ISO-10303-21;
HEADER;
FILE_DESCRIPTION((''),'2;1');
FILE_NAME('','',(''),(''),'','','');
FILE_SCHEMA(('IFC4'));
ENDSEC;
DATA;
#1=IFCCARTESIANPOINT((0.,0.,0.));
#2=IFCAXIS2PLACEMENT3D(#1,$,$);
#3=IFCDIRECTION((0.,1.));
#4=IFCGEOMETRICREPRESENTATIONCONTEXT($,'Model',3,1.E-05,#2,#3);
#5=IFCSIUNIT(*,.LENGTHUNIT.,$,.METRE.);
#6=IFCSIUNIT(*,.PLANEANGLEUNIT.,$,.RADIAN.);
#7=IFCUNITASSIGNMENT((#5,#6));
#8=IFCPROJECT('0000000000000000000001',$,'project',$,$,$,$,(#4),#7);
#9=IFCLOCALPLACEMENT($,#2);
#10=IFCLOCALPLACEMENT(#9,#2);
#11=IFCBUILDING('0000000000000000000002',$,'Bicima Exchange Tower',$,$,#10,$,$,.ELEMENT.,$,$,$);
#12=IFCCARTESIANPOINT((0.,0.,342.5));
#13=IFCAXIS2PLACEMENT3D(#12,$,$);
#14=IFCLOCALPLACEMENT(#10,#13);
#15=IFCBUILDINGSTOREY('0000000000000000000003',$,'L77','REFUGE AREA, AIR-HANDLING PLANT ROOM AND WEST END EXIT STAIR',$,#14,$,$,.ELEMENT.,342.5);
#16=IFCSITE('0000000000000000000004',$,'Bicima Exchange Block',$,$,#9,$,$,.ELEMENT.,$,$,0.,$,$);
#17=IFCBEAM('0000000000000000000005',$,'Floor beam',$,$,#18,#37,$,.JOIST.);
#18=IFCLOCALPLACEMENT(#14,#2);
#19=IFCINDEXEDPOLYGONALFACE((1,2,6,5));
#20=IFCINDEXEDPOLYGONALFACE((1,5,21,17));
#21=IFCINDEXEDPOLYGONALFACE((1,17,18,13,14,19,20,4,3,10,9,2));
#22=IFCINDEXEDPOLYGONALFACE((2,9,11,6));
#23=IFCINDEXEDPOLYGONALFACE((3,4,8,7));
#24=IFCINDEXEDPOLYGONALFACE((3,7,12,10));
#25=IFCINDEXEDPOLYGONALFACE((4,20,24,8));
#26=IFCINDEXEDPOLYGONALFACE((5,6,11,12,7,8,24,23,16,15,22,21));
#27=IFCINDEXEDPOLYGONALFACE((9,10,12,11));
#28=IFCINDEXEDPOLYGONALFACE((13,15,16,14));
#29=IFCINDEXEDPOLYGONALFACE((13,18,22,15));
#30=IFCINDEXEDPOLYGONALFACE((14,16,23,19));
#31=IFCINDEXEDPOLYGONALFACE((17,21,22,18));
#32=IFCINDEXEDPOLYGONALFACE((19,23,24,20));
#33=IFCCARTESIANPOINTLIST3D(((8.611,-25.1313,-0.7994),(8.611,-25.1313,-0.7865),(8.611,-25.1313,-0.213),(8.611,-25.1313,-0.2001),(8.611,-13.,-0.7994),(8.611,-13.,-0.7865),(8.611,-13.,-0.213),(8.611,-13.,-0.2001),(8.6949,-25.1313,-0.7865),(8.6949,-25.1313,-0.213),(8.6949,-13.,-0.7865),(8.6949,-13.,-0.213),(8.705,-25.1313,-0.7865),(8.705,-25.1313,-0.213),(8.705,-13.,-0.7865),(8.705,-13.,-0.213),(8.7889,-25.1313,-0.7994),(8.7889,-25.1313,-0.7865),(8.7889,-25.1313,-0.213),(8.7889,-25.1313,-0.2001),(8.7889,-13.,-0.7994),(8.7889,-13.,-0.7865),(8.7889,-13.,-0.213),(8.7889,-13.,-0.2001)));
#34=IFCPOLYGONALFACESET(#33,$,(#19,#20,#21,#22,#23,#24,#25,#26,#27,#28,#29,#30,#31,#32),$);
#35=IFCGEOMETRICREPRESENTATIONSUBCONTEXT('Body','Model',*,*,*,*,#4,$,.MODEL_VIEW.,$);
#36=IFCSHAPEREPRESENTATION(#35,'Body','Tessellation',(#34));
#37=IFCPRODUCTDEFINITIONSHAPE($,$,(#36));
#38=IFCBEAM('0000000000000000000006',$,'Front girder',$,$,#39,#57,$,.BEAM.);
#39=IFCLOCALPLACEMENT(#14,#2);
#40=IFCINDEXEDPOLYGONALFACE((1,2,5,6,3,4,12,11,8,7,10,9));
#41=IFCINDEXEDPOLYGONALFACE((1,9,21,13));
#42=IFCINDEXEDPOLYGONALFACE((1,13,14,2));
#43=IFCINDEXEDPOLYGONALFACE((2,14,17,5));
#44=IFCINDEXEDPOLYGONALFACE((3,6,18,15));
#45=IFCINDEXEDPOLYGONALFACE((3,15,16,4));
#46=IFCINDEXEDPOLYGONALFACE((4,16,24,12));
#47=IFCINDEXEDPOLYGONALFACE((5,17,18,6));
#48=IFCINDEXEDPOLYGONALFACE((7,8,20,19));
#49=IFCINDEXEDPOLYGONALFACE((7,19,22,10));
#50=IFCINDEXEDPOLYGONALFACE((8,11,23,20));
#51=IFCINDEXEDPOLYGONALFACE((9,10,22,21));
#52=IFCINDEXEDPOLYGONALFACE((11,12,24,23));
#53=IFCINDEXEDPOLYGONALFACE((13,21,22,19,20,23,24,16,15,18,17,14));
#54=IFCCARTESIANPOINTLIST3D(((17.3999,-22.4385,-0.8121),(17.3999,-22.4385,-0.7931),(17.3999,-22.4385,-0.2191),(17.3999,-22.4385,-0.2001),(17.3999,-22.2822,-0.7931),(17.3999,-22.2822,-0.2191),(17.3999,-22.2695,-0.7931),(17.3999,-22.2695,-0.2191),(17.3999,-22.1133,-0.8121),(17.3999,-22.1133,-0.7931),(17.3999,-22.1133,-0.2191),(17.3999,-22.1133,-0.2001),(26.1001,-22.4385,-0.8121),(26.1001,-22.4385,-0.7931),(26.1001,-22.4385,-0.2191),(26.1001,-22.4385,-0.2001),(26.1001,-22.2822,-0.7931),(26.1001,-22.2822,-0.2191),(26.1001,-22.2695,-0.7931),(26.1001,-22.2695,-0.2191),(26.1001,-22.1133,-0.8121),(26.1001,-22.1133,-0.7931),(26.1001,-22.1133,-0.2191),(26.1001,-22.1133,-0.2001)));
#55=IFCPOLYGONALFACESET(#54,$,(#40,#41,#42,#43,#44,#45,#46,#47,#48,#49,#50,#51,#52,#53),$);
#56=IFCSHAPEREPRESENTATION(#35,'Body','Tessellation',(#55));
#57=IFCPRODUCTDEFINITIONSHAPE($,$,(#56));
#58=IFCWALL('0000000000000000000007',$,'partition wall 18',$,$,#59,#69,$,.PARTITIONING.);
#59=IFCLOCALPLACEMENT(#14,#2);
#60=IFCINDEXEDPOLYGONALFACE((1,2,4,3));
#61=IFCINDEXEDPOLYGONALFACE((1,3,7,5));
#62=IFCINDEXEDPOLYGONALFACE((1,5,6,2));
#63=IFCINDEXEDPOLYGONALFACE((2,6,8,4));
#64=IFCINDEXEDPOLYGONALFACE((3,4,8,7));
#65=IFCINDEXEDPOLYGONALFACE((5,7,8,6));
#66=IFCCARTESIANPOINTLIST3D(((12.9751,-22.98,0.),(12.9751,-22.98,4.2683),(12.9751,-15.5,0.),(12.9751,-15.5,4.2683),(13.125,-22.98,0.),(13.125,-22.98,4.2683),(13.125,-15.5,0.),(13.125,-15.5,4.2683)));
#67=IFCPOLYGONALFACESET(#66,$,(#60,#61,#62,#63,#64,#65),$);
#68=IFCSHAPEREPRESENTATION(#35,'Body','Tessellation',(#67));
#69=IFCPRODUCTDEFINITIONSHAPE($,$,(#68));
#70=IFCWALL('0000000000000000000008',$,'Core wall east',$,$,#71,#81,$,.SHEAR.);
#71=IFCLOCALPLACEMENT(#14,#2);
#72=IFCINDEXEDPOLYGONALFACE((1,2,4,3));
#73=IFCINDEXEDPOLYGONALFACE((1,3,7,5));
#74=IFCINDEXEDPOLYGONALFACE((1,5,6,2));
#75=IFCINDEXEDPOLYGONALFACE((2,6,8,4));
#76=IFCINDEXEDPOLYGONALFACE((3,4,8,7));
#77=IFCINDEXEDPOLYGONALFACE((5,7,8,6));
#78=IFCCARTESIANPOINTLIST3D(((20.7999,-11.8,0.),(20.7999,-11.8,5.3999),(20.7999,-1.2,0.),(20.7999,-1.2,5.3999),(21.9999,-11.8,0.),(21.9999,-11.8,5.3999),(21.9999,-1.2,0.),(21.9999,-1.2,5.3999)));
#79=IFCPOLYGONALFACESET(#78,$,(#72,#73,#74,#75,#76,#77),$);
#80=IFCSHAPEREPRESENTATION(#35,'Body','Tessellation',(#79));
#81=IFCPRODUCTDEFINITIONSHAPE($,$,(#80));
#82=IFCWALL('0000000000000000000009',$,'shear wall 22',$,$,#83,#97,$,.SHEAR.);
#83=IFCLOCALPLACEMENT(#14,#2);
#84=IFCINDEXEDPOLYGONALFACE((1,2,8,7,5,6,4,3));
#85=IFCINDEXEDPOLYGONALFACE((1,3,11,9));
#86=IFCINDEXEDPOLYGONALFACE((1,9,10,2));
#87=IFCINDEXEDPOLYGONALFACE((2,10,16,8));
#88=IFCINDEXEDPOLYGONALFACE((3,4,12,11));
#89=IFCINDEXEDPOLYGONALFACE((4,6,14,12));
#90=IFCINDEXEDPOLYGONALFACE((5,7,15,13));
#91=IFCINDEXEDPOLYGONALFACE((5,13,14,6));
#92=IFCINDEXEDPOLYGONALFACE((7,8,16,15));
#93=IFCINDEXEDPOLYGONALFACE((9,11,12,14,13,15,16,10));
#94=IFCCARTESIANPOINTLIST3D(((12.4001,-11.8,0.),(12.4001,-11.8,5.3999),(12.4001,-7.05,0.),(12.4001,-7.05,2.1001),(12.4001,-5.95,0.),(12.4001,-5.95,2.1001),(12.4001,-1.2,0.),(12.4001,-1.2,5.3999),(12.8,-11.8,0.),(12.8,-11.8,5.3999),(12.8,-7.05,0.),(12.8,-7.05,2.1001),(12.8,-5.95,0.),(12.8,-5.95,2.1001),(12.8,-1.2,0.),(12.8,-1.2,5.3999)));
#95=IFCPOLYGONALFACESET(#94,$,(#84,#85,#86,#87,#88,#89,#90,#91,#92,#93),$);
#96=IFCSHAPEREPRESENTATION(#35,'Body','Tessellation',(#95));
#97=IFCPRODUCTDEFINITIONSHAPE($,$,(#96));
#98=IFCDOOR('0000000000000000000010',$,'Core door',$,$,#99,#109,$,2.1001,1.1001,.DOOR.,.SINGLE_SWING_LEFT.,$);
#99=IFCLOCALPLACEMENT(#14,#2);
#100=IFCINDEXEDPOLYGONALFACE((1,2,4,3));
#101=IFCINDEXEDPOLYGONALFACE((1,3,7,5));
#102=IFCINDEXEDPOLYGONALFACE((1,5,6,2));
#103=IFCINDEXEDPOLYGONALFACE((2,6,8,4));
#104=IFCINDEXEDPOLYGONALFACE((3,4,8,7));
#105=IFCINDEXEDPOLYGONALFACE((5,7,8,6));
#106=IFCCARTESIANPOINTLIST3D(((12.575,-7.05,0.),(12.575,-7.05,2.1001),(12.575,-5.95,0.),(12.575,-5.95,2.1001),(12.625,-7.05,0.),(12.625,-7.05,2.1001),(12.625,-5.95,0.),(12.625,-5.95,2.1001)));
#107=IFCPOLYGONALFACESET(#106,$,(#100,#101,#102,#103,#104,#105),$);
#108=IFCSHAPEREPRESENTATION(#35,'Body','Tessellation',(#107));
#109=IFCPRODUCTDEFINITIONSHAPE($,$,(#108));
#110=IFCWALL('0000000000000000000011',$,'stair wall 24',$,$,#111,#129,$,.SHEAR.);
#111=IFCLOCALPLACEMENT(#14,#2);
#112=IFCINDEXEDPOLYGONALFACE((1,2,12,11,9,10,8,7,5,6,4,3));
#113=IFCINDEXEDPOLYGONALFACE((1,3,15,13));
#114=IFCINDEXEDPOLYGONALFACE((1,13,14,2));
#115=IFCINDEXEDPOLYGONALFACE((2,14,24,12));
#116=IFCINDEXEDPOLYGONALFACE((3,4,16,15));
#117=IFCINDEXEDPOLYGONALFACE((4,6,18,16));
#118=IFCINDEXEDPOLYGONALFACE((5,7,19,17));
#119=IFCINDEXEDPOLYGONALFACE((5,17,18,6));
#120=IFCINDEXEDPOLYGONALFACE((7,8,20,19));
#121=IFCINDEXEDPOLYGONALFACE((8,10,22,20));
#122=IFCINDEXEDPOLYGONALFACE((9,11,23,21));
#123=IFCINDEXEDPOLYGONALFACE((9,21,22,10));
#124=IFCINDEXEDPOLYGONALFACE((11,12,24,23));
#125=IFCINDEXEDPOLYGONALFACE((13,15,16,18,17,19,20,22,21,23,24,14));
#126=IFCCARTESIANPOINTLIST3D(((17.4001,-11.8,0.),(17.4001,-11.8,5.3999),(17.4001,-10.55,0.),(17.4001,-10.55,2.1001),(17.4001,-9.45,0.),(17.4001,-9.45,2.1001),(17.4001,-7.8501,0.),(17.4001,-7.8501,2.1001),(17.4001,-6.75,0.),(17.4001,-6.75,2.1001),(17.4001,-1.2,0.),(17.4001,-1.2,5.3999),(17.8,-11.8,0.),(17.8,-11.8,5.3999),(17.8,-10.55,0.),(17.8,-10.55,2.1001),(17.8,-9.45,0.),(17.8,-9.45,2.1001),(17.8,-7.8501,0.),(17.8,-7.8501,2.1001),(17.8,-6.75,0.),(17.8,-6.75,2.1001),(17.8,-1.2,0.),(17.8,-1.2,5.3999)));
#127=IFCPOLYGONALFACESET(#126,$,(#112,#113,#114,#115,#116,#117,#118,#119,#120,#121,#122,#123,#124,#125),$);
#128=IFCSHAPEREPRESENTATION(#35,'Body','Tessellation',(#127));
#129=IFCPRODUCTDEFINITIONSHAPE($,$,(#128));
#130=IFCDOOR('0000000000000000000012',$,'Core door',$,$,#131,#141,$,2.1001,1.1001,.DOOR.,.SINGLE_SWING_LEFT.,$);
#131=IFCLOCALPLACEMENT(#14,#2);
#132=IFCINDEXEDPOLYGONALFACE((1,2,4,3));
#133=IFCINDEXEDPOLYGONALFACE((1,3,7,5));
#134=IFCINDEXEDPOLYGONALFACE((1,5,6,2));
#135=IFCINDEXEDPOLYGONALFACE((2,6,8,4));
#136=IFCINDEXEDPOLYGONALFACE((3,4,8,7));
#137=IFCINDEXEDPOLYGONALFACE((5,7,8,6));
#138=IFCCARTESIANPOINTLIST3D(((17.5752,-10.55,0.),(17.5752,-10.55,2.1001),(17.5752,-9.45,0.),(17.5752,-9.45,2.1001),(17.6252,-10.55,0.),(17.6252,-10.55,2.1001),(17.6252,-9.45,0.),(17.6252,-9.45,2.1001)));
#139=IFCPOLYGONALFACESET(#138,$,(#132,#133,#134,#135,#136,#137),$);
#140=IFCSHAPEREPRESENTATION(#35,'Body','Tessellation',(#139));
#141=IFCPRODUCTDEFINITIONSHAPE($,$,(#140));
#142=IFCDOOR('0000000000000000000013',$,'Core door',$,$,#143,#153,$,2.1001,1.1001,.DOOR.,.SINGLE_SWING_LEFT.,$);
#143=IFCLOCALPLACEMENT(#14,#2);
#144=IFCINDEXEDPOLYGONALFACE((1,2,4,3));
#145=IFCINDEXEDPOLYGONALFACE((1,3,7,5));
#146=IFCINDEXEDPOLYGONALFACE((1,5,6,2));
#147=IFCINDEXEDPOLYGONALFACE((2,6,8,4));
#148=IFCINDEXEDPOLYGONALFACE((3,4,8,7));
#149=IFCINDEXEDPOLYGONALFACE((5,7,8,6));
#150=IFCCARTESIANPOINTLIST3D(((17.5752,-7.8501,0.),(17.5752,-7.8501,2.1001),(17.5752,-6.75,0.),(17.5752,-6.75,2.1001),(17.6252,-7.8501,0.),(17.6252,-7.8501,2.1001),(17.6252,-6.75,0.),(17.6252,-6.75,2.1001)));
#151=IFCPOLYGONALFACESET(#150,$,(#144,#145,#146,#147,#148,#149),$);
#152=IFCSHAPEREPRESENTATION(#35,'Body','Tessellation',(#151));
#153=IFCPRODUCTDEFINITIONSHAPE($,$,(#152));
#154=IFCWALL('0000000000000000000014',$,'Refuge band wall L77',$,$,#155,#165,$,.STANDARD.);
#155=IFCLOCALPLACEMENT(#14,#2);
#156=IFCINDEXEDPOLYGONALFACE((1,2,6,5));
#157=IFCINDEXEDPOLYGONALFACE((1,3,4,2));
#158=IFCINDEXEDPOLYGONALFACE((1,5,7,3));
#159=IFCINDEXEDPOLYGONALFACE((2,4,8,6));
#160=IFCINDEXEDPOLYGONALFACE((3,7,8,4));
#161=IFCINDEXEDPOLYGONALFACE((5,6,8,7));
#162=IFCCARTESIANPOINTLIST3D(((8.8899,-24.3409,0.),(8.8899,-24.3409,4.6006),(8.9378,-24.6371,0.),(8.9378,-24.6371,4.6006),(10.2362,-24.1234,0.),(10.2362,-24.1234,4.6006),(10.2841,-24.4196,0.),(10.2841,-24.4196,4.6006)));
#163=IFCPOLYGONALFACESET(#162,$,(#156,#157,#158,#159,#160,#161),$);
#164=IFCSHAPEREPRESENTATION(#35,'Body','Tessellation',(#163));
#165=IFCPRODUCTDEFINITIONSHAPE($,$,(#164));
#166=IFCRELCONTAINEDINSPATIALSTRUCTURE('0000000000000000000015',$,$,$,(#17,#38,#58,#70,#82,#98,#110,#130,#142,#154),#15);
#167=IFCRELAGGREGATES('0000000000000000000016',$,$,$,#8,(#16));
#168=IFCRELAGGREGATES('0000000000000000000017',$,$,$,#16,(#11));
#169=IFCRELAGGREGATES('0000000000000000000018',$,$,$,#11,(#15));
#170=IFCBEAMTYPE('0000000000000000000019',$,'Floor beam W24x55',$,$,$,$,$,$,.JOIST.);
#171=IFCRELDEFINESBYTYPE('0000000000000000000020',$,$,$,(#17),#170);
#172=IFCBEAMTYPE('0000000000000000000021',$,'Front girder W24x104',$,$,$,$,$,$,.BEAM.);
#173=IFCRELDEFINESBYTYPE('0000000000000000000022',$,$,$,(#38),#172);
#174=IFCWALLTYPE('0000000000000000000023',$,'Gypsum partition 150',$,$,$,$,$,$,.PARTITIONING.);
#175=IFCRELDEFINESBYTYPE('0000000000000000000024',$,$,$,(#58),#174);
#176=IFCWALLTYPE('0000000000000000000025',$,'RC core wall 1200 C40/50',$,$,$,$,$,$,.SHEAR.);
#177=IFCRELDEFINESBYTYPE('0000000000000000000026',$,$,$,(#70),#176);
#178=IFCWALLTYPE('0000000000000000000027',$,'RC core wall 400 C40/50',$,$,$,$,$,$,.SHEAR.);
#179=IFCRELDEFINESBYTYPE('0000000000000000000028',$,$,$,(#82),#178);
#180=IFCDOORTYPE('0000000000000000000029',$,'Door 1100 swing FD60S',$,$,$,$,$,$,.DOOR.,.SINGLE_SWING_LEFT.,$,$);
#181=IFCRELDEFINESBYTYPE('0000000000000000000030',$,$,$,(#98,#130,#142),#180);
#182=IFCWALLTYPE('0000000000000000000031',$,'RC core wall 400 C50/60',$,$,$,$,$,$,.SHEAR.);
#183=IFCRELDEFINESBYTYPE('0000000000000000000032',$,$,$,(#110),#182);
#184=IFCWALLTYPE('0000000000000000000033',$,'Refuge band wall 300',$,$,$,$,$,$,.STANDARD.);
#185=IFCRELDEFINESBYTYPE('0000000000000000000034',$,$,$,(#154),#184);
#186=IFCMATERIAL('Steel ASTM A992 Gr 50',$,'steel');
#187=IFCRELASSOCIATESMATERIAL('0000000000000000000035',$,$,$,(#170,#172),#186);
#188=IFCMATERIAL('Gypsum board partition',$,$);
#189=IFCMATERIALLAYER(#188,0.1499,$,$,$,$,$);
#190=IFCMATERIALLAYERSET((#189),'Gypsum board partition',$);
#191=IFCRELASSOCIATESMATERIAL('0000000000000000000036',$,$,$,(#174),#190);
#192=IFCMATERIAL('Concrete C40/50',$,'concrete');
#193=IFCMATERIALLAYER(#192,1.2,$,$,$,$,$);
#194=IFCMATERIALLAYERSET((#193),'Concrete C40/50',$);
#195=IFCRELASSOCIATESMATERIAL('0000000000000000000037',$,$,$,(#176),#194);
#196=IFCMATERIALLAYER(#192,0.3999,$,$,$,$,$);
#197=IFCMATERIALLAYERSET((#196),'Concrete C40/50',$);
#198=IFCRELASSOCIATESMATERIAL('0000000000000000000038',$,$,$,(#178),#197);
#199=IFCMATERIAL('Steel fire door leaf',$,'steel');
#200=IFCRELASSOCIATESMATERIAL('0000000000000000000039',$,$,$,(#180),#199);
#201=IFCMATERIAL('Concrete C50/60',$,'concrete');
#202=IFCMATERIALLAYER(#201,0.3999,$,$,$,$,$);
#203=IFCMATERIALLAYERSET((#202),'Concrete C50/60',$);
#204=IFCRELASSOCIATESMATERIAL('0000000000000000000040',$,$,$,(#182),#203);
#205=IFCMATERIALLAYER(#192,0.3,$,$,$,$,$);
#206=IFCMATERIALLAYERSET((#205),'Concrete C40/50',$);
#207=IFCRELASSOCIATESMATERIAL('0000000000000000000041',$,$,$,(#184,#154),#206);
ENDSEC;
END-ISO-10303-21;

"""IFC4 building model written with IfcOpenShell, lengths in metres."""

from ifc_helpers import new_model, si_unit, direction, frame, frame_2d, origin, origin_2d, place, context, subcontext, project, spatial, rectangle, i_section, extrude, material, layer, layer_set, layer_usage, material_profile, profile_set, type_object, element, fill, save


model = new_model("IFC4")

# Units and contexts
model_context = context("Model", 3, precision=1e-05, world=origin(), true_north=direction((0.0, 1.0)))
body_context = subcontext(model_context, "Body", "Model", "MODEL_VIEW")
ifc_project = project(units=[si_unit("LENGTHUNIT", "METRE"), si_unit("PLANEANGLEUNIT", "RADIAN")], contexts=[model_context])

# Site, building, storey
site_placement = place(None, origin())
site = spatial("IfcSite", under=ifc_project, at=site_placement, Name="Bicima Exchange Block", CompositionType="ELEMENT", RefElevation=0.0)
building_placement = place(site_placement, origin())
building = spatial("IfcBuilding", under=site, at=building_placement, Name="Bicima Exchange Tower", CompositionType="ELEMENT")
storey_placement = place(building_placement, frame((0.0, 0.0, 342.5)))
storey = spatial("IfcBuildingStorey", under=building, at=storey_placement, Name="L77", Description="REFUGE AREA, AIR-HANDLING PLANT ROOM AND WEST END EXIT STAIR", CompositionType="ELEMENT", Elevation=342.5)

# Shared definitions
ifc_material_1 = material(Name="Steel ASTM A992 Gr 50", Category="steel")

# Beams
ifc_material_profile_1 = material_profile(ifc_material_1, i_section(OverallWidth=0.178, OverallDepth=0.5994, WebThickness=0.01, FlangeThickness=0.0129, at=origin_2d()))
ifc_profile_set_1 = profile_set([ifc_material_profile_1], Name="Steel ASTM A992 Gr 50")
beam_type_1 = type_object("IfcBeamType", Name="Floor beam W24x55", PredefinedType="JOIST", material=ifc_profile_set_1)
beam_1_placement = place(storey_placement, frame((8.7, -13.0, -0.4998), z_axis=(0.0, -1.0, 0.0), x_axis=(1.0, 0.0, 0.0)))
element("IfcBeam", 1, at=beam_1_placement, inside=storey, type_object=beam_type_1, Name="Floor beam", PredefinedType="JOIST", context=body_context, shape_type="SweptSolid", body=[
    extrude(i_section(OverallWidth=0.178, OverallDepth=0.5994, WebThickness=0.01, FlangeThickness=0.0129, at=origin_2d()), origin(), (0.0, 0.0, 1.0), 12.1313),
])
ifc_material_profile_2 = material_profile(ifc_material_1, i_section(OverallWidth=0.3252, OverallDepth=0.6121, WebThickness=0.0127, FlangeThickness=0.019, at=origin_2d()))
ifc_profile_set_2 = profile_set([ifc_material_profile_2], Name="Steel ASTM A992 Gr 50")
beam_type_2 = type_object("IfcBeamType", Name="Front girder W24x104", PredefinedType="BEAM", material=ifc_profile_set_2)
beam_2_placement = place(storey_placement, frame((17.3999, -22.2759, -0.5061), z_axis=(1.0, 0.0, 0.0), x_axis=(0.0, 1.0, 0.0)))
element("IfcBeam", 2, at=beam_2_placement, inside=storey, type_object=beam_type_2, Name="Front girder", PredefinedType="BEAM", context=body_context, shape_type="SweptSolid", body=[
    extrude(i_section(OverallWidth=0.3252, OverallDepth=0.6121, WebThickness=0.0127, FlangeThickness=0.019, at=origin_2d()), origin(), (0.0, 0.0, 1.0), 8.7002),
])

# Walls
ifc_material_2 = material(Name="Gypsum board partition")
ifc_layer_1 = layer(ifc_material_2, 0.1499)
ifc_layer_set_1 = layer_set([ifc_layer_1], Name="Gypsum board partition")
wall_type_1 = type_object("IfcWallType", Name="Gypsum partition 150", PredefinedType="PARTITIONING", material=ifc_layer_set_1)
wall_1_placement = place(storey_placement, frame((13.05, -22.98, 0.0), z_axis=(0.0, 0.0, 1.0), x_axis=(0.0, 1.0, 0.0)))
element("IfcWall", 3, at=wall_1_placement, inside=storey, type_object=wall_type_1, Name="partition wall 18", PredefinedType="PARTITIONING", context=body_context, shape_type="SweptSolid", body=[
    extrude(rectangle(XDim=7.48, YDim=0.1499, at=frame_2d((3.74, 0.0))), origin(), (0.0, 0.0, 1.0), 4.2683),
])
ifc_material_3 = material(Name="Concrete C40/50", Category="concrete")
ifc_layer_2 = layer(ifc_material_3, 1.2)
ifc_layer_set_2 = layer_set([ifc_layer_2], Name="Concrete C40/50")
wall_type_2 = type_object("IfcWallType", Name="RC core wall 1200 C40/50", PredefinedType="SHEAR", material=ifc_layer_set_2)
wall_2_placement = place(storey_placement, frame((21.3999, -11.8, 0.0), z_axis=(0.0, 0.0, 1.0), x_axis=(0.0, 1.0, 0.0)))
element("IfcWall", 4, at=wall_2_placement, inside=storey, type_object=wall_type_2, Name="Core wall east", PredefinedType="SHEAR", context=body_context, shape_type="SweptSolid", body=[
    extrude(rectangle(XDim=10.6001, YDim=1.2, at=frame_2d((5.3, 0.0))), origin(), (0.0, 0.0, 1.0), 5.3999),
])

# Wall, opening, door
ifc_layer_3 = layer(ifc_material_3, 0.3999)
ifc_layer_set_3 = layer_set([ifc_layer_3], Name="Concrete C40/50")
wall_type_3 = type_object("IfcWallType", Name="RC core wall 400 C40/50", PredefinedType="SHEAR", material=ifc_layer_set_3)
wall_3_placement = place(storey_placement, frame((12.6001, -11.8, 0.0), z_axis=(0.0, 0.0, 1.0), x_axis=(0.0, 1.0, 0.0)))
wall_3 = element("IfcWall", 5, at=wall_3_placement, inside=storey, type_object=wall_type_3, Name="shear wall 22", PredefinedType="SHEAR", context=body_context, shape_type="SweptSolid", body=[
    extrude(rectangle(XDim=10.6001, YDim=0.3999, at=frame_2d((5.3, 0.0))), origin(), (0.0, 0.0, 1.0), 5.3999),
])
opening_1_placement = place(wall_3_placement, frame((4.75, 0.0, 0.0)))
opening_1 = element("IfcOpeningElement", 6, at=opening_1_placement, cuts=wall_3, PredefinedType="OPENING", context=body_context, shape_type="SweptSolid", body=[
    extrude(rectangle(XDim=1.1001, YDim=2.1001, at=frame_2d((0.55, 1.05))), frame((0.0, 0.2119, 0.0), z_axis=(0.0, -1.0, 0.0), x_axis=(1.0, 0.0, 0.0)), (0.0, 0.0, 1.0), 0.4238),
])
ifc_material_4 = material(Name="Steel fire door leaf", Category="steel")
door_type = type_object("IfcDoorType", Name="Door 1100 swing FD60S", OperationType="SINGLE_SWING_LEFT", PredefinedType="DOOR", material=ifc_material_4)
door_1_placement = place(opening_1_placement, frame((1.1001, 0.0, 0.0), z_axis=(0.0, 0.0, 1.0), x_axis=(-1.0, 0.0, 0.0)))
door_1 = element("IfcDoor", 7, at=door_1_placement, inside=storey, type_object=door_type, Name="Core door", OperationType="SINGLE_SWING_LEFT", OverallHeight=2.1001, OverallWidth=1.1001, PredefinedType="DOOR", context=body_context, shape_type="SweptSolid", body=[
    extrude(rectangle(XDim=1.1001, YDim=2.1001, at=frame_2d((0.55, 1.05))), frame((0.0, 0.0249, 0.0), z_axis=(0.0, -1.0, 0.0), x_axis=(1.0, 0.0, 0.0)), (0.0, 0.0, 1.0), 0.05),
])
fill(opening_1, door_1)

# Wall, openings, doors
ifc_material_5 = material(Name="Concrete C50/60", Category="concrete")
ifc_layer_4 = layer(ifc_material_5, 0.3999)
ifc_layer_set_4 = layer_set([ifc_layer_4], Name="Concrete C50/60")
wall_type_4 = type_object("IfcWallType", Name="RC core wall 400 C50/60", PredefinedType="SHEAR", material=ifc_layer_set_4)
wall_4_placement = place(storey_placement, frame((17.6001, -11.8, 0.0), z_axis=(0.0, 0.0, 1.0), x_axis=(0.0, 1.0, 0.0)))
wall_4 = element("IfcWall", 8, at=wall_4_placement, inside=storey, type_object=wall_type_4, Name="stair wall 24", PredefinedType="SHEAR", context=body_context, shape_type="SweptSolid", body=[
    extrude(rectangle(XDim=10.6001, YDim=0.3999, at=frame_2d((5.3, 0.0))), origin(), (0.0, 0.0, 1.0), 5.3999),
])
opening_2_placement = place(wall_4_placement, frame((1.25, 0.0, 0.0)))
opening_2 = element("IfcOpeningElement", 9, at=opening_2_placement, cuts=wall_4, PredefinedType="OPENING", context=body_context, shape_type="SweptSolid", body=[
    extrude(rectangle(XDim=1.1001, YDim=2.1001, at=frame_2d((0.55, 1.05))), frame((0.0, 0.2119, 0.0), z_axis=(0.0, -1.0, 0.0), x_axis=(1.0, 0.0, 0.0)), (0.0, 0.0, 1.0), 0.4238),
])
opening_3_placement = place(wall_4_placement, frame((3.95, 0.0, 0.0)))
opening_3 = element("IfcOpeningElement", 10, at=opening_3_placement, cuts=wall_4, PredefinedType="OPENING", context=body_context, shape_type="SweptSolid", body=[
    extrude(rectangle(XDim=1.1001, YDim=2.1001, at=frame_2d((0.55, 1.05))), frame((0.0, 0.2119, 0.0), z_axis=(0.0, -1.0, 0.0), x_axis=(1.0, 0.0, 0.0)), (0.0, 0.0, 1.0), 0.4238),
])
door_2_placement = place(opening_2_placement, origin())
door_2 = element("IfcDoor", 11, at=door_2_placement, inside=storey, type_object=door_type, Name="Core door", OperationType="SINGLE_SWING_LEFT", OverallHeight=2.1001, OverallWidth=1.1001, PredefinedType="DOOR", context=body_context, shape_type="SweptSolid", body=[
    extrude(rectangle(XDim=1.1001, YDim=2.1001, at=frame_2d((0.55, 1.05))), frame((0.0, 0.0249, 0.0), z_axis=(0.0, -1.0, 0.0), x_axis=(1.0, 0.0, 0.0)), (0.0, 0.0, 1.0), 0.05),
])
fill(opening_2, door_2)
door_3_placement = place(opening_3_placement, origin())
door_3 = element("IfcDoor", 12, at=door_3_placement, inside=storey, type_object=door_type, Name="Core door", OperationType="SINGLE_SWING_LEFT", OverallHeight=2.1001, OverallWidth=1.1001, PredefinedType="DOOR", context=body_context, shape_type="SweptSolid", body=[
    extrude(rectangle(XDim=1.1001, YDim=2.1001, at=frame_2d((0.55, 1.05))), frame((0.0, 0.0249, 0.0), z_axis=(0.0, -1.0, 0.0), x_axis=(1.0, 0.0, 0.0)), (0.0, 0.0, 1.0), 0.05),
])
fill(opening_3, door_3)

# Wall
ifc_layer_5 = layer(ifc_material_3, 0.3)
ifc_layer_set_5 = layer_set([ifc_layer_5], Name="Concrete C40/50")
ifc_layer_usage = layer_usage(ifc_layer_set_5, "AXIS2", "POSITIVE", -0.15)
wall_type_5 = type_object("IfcWallType", Name="Refuge band wall 300", PredefinedType="STANDARD", material=ifc_layer_set_5)
wall_5_placement = place(storey_placement, frame((8.9138, -24.489, 0.0), z_axis=(0.0, 0.0, 1.0), x_axis=(0.987195, 0.15952, 0.0)))
element("IfcWall", 13, at=wall_5_placement, inside=storey, type_object=wall_type_5, material=ifc_layer_usage, Name="Refuge band wall L77", PredefinedType="STANDARD", context=body_context, shape_type="SweptSolid", body=[
    extrude(rectangle(XDim=1.3638, YDim=0.3, at=frame_2d((0.6819, 0.0))), origin(), (0.0, 0.0, 1.0), 4.6006),
])

save(model, "model.ifc")
